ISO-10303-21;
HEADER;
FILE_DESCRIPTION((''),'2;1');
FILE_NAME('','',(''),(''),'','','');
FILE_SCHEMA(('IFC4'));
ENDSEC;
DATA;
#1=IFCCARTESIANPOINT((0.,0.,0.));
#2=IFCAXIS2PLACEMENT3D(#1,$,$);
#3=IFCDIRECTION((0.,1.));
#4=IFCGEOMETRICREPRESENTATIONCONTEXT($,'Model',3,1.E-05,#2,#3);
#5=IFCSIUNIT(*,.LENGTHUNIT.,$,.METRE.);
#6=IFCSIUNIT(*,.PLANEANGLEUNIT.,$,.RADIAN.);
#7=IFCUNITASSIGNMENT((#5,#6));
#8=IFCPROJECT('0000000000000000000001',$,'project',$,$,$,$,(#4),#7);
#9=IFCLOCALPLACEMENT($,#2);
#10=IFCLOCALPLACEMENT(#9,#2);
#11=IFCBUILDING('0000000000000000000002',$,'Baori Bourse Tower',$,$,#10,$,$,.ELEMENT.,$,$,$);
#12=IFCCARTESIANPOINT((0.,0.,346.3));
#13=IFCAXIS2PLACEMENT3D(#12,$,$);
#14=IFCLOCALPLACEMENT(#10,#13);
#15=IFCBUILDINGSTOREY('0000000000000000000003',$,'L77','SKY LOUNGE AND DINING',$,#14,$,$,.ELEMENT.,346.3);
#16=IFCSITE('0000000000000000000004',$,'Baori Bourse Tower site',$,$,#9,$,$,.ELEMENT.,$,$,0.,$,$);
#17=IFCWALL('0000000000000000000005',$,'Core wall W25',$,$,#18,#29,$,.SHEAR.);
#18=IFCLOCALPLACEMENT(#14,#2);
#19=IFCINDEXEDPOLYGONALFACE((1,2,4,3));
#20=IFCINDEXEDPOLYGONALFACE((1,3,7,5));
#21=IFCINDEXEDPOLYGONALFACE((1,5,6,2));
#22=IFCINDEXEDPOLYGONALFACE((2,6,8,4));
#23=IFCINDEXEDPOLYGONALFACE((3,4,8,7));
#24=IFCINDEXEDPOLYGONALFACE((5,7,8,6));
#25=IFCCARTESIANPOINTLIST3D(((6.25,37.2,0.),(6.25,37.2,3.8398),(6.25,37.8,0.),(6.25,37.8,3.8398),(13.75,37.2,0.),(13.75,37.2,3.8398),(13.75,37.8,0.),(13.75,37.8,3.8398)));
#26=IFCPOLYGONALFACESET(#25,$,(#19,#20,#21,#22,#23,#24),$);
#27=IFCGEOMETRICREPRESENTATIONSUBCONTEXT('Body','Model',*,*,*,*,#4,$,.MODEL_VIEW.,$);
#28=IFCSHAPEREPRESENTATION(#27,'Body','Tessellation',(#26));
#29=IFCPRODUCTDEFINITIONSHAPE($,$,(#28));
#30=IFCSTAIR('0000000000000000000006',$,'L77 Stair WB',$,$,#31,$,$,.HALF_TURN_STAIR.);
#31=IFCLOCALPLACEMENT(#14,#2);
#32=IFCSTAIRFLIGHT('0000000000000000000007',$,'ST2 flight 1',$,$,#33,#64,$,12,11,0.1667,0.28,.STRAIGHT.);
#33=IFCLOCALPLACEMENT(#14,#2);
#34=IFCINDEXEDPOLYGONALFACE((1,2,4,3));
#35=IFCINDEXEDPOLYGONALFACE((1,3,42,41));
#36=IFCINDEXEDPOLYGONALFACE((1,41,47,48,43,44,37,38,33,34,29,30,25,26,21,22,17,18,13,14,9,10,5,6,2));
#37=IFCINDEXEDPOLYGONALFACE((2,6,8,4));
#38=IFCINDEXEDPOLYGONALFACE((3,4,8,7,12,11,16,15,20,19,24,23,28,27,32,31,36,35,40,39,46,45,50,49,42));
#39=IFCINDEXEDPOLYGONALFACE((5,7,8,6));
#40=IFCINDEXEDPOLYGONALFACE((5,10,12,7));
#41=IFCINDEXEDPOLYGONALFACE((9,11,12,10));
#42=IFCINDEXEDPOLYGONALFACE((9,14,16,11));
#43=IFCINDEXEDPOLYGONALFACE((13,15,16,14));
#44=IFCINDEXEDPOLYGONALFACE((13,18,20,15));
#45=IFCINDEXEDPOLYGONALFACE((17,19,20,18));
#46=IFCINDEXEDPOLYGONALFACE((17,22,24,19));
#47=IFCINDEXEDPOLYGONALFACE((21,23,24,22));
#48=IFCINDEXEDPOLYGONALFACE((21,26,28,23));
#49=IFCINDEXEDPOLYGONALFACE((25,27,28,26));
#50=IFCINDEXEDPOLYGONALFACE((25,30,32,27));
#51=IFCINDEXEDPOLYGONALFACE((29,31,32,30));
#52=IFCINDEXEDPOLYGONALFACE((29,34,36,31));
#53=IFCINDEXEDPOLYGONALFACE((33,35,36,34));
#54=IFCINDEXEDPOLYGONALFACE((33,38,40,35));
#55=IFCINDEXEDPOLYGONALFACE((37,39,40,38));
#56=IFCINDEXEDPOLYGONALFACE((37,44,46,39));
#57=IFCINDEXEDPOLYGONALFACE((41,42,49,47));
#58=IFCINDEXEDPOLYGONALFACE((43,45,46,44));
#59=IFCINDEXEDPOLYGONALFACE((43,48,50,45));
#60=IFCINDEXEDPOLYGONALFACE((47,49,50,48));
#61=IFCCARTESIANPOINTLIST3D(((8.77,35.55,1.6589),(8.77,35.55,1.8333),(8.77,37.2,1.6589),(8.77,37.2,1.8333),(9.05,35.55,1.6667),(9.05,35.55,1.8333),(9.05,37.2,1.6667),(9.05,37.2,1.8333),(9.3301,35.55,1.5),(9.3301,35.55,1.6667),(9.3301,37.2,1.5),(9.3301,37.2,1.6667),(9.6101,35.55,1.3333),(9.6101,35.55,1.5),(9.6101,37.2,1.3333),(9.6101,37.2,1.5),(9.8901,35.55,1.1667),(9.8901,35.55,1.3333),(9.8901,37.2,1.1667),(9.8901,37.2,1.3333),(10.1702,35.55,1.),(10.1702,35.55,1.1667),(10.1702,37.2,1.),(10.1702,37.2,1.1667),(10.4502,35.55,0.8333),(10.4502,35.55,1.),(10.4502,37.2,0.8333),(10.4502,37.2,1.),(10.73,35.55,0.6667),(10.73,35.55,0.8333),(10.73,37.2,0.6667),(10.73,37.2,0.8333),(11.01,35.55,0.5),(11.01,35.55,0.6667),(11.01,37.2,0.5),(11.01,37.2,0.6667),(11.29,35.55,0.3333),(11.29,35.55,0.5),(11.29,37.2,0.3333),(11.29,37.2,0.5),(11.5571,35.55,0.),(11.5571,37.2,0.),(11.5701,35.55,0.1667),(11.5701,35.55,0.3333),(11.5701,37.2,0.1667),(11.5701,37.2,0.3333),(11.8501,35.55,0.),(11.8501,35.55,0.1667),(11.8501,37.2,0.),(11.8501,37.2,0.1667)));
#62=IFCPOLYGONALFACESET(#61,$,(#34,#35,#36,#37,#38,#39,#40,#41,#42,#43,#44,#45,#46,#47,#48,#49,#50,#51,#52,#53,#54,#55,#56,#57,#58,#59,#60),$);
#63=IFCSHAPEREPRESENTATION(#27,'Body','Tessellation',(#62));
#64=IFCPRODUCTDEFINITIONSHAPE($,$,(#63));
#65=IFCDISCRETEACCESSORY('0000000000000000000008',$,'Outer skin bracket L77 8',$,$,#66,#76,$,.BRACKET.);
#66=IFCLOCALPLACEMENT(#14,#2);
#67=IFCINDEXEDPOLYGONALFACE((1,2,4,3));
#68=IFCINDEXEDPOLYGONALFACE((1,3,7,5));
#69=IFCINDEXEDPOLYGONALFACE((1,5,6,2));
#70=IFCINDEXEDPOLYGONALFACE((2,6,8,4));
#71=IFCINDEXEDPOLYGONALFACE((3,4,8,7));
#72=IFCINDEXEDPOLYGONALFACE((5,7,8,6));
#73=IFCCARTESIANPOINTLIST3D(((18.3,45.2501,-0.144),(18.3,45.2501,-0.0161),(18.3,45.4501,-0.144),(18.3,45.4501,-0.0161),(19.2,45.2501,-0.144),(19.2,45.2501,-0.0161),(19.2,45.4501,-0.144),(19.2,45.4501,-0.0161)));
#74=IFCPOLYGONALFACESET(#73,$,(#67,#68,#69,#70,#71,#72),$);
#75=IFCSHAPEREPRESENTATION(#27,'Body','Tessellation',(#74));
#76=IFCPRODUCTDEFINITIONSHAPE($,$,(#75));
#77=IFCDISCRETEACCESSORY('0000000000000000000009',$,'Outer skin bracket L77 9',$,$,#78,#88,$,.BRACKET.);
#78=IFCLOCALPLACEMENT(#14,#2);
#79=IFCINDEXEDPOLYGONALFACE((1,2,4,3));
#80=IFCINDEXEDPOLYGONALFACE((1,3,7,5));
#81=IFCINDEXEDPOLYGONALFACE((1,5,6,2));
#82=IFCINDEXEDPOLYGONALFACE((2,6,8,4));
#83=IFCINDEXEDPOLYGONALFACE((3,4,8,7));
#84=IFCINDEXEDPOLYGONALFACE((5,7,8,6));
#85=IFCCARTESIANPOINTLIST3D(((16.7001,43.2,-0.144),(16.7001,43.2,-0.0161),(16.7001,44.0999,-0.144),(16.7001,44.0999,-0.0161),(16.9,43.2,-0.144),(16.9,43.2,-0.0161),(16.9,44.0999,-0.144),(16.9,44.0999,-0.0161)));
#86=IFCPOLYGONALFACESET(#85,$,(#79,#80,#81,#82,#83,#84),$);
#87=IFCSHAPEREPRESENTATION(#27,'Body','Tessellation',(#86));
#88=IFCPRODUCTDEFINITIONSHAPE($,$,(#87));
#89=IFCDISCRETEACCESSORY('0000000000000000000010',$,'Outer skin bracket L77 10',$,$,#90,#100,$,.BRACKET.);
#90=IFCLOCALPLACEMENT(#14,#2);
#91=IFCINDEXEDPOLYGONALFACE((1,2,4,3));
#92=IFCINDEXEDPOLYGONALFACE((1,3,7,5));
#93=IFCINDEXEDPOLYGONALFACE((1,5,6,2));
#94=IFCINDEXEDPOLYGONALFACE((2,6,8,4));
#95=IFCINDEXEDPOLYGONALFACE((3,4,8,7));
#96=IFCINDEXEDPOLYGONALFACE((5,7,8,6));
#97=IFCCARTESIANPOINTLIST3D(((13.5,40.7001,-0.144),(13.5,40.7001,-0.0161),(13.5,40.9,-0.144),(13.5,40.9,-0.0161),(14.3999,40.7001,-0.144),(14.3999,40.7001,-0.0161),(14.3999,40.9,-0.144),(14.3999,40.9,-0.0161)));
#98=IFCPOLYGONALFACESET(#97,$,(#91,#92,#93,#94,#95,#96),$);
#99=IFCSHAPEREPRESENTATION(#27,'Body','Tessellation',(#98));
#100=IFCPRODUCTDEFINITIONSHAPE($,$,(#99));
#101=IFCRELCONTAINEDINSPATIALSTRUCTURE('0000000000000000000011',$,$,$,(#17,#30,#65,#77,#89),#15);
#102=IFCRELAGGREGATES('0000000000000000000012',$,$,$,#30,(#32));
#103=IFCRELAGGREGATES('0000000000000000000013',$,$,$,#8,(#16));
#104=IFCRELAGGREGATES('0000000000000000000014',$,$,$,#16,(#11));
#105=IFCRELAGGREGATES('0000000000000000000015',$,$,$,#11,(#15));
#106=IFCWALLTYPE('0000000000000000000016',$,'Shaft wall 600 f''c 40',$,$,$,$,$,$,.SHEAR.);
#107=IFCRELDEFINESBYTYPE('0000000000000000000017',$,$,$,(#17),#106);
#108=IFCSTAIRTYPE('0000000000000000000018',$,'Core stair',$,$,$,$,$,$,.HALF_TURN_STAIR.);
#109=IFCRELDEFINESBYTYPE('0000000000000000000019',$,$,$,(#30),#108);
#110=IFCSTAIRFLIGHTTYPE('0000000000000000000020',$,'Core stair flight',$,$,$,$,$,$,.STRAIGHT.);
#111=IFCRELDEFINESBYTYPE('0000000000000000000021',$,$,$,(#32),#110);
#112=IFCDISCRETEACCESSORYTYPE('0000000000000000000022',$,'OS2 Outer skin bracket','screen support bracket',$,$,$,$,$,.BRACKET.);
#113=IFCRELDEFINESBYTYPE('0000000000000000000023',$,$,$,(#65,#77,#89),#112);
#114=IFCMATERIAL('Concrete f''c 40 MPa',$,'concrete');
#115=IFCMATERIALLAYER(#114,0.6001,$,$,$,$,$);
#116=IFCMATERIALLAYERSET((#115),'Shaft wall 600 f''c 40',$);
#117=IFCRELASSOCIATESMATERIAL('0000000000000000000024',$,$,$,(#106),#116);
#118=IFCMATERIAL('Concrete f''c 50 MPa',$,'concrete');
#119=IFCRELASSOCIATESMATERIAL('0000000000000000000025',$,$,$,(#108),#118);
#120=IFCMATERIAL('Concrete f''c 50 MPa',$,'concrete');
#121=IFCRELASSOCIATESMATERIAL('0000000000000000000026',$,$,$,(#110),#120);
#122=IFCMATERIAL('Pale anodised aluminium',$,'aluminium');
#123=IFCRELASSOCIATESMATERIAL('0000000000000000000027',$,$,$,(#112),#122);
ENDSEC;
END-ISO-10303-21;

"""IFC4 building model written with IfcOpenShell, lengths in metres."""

from ifc_helpers import new_model, si_unit, direction, frame, frame_2d, origin, origin_2d, place, context, subcontext, project, spatial, polyline, rectangle, outline, extrude, material, layer, layer_set, type_object, element, aggregate, save


model = new_model("IFC4")

# Units and contexts
model_context = context("Model", 3, precision=1e-05, world=origin(), true_north=direction((0.0, 1.0)))
body_context = subcontext(model_context, "Body", "Model", "MODEL_VIEW")
ifc_project = project(units=[si_unit("LENGTHUNIT", "METRE"), si_unit("PLANEANGLEUNIT", "RADIAN")], contexts=[model_context])

# Site, building, storey
site_placement = place(None, origin())
site = spatial("IfcSite", under=ifc_project, at=site_placement, Name="Baori Bourse Tower site", CompositionType="ELEMENT", RefElevation=0.0)
building_placement = place(site_placement, origin())
building = spatial("IfcBuilding", under=site, at=building_placement, Name="Baori Bourse Tower", CompositionType="ELEMENT")
storey_placement = place(building_placement, frame((0.0, 0.0, 346.3)))
storey = spatial("IfcBuildingStorey", under=building, at=storey_placement, Name="L77", Description="SKY LOUNGE AND DINING", CompositionType="ELEMENT", Elevation=346.3)

# Wall
ifc_material_1 = material(Name="Concrete f'c 40 MPa", Category="concrete")
ifc_layer_1 = layer(ifc_material_1, 0.6001)
ifc_layer_set_1 = layer_set([ifc_layer_1], Name="Shaft wall 600 f'c 40")
wall_type_1 = type_object("IfcWallType", Name="Shaft wall 600 f'c 40", PredefinedType="SHEAR", material=ifc_layer_set_1)
wall_1_placement = place(storey_placement, frame((6.25, 37.5, 0.0), z_axis=(0.0, 0.0, 1.0), x_axis=(1.0, 0.0, 0.0)))
element("IfcWall", 1, at=wall_1_placement, inside=storey, type_object=wall_type_1, Name="Core wall W25", PredefinedType="SHEAR", context=body_context, shape_type="SweptSolid", body=[
    extrude(rectangle(XDim=7.5, YDim=0.6001, at=frame_2d((3.75, 0.0))), origin(), (0.0, 0.0, 1.0), 3.8398),
])

# Stair, stair flight
ifc_material_2 = material(Name="Concrete f'c 50 MPa", Category="concrete")
stair_type = type_object("IfcStairType", Name="Core stair", PredefinedType="HALF_TURN_STAIR", material=ifc_material_2)
stair_placement = place(storey_placement, origin())
stair = element("IfcStair", 2, at=stair_placement, inside=storey, type_object=stair_type, Name="L77 Stair WB", PredefinedType="HALF_TURN_STAIR")
ifc_material_3 = material(Name="Concrete f'c 50 MPa", Category="concrete")
stair_flight_type = type_object("IfcStairFlightType", Name="Core stair flight", PredefinedType="STRAIGHT", material=ifc_material_3)
stair_flight_placement = place(storey_placement, frame((11.8501, 36.375, 0.0), z_axis=(0.0, 0.0, 1.0), x_axis=(-1.0, 0.0, 0.0)))
stair_flight = element("IfcStairFlight", 3, at=stair_flight_placement, type_object=stair_flight_type, Name="ST2 flight 1", NumberOfRisers=12, NumberOfTreads=11, PredefinedType="STRAIGHT", RiserHeight=0.1667, TreadLength=0.28, context=body_context, shape_type="SweptSolid", body=[
    extrude(outline(polyline([(0.0, 0.0), (0.0, 0.1667), (0.28, 0.1667), (0.28, 0.3333), (0.5601, 0.3333), (0.5601, 0.5), (0.8401, 0.5), (0.8401, 0.6667), (1.1201, 0.6667), (1.1201, 0.8333), (1.3999, 0.8333), (1.3999, 1.0), (1.6799, 1.0), (1.6799, 1.1667), (1.96, 1.1667), (1.96, 1.3333), (2.24, 1.3333), (2.24, 1.5), (2.52, 1.5), (2.52, 1.6667), (2.8, 1.6667), (2.8, 1.8333), (3.0801, 1.8333), (3.0801, 2.0), (3.0801, 1.6589), (0.293, 0.0), (0.0, 0.0)])), frame((0.0, 0.825, 0.0), z_axis=(0.0, -1.0, 0.0), x_axis=(1.0, 0.0, 0.0)), (0.0, 0.0, 1.0), 1.6499),
])
aggregate(stair, [stair_flight])

# Discrete accessories
ifc_material_4 = material(Name="Pale anodised aluminium", Category="aluminium")
discrete_accessory_type = type_object("IfcDiscreteAccessoryType", Name="OS2 Outer skin bracket", Description="screen support bracket", PredefinedType="BRACKET", material=ifc_material_4)
for number, where, z_axis, x_axis, name in (
    (4, (18.75, 45.3501, -0.144), (0.0, 0.0, 1.0), (0.0, -1.0, 0.0), "Outer skin bracket L77 8"),
    (5, (16.8, 43.6499, -0.144), (0.0, 0.0, 1.0), (-1.0, 0.0, 0.0), "Outer skin bracket L77 9"),
    (6, (13.95, 40.8, -0.144), (0.0, 0.0, 1.0), (0.0, -1.0, 0.0), "Outer skin bracket L77 10"),
):
    element("IfcDiscreteAccessory", number, at=place(storey_placement, frame(where, z_axis=z_axis, x_axis=x_axis)), inside=storey, type_object=discrete_accessory_type, Name=name, PredefinedType="BRACKET", context=body_context, shape_type="SweptSolid", body=[
        extrude(rectangle(XDim=0.2, YDim=0.8999, at=origin_2d()), origin(), (0.0, 0.0, 1.0), 0.1279),
    ])

save(model, "model.ifc")
